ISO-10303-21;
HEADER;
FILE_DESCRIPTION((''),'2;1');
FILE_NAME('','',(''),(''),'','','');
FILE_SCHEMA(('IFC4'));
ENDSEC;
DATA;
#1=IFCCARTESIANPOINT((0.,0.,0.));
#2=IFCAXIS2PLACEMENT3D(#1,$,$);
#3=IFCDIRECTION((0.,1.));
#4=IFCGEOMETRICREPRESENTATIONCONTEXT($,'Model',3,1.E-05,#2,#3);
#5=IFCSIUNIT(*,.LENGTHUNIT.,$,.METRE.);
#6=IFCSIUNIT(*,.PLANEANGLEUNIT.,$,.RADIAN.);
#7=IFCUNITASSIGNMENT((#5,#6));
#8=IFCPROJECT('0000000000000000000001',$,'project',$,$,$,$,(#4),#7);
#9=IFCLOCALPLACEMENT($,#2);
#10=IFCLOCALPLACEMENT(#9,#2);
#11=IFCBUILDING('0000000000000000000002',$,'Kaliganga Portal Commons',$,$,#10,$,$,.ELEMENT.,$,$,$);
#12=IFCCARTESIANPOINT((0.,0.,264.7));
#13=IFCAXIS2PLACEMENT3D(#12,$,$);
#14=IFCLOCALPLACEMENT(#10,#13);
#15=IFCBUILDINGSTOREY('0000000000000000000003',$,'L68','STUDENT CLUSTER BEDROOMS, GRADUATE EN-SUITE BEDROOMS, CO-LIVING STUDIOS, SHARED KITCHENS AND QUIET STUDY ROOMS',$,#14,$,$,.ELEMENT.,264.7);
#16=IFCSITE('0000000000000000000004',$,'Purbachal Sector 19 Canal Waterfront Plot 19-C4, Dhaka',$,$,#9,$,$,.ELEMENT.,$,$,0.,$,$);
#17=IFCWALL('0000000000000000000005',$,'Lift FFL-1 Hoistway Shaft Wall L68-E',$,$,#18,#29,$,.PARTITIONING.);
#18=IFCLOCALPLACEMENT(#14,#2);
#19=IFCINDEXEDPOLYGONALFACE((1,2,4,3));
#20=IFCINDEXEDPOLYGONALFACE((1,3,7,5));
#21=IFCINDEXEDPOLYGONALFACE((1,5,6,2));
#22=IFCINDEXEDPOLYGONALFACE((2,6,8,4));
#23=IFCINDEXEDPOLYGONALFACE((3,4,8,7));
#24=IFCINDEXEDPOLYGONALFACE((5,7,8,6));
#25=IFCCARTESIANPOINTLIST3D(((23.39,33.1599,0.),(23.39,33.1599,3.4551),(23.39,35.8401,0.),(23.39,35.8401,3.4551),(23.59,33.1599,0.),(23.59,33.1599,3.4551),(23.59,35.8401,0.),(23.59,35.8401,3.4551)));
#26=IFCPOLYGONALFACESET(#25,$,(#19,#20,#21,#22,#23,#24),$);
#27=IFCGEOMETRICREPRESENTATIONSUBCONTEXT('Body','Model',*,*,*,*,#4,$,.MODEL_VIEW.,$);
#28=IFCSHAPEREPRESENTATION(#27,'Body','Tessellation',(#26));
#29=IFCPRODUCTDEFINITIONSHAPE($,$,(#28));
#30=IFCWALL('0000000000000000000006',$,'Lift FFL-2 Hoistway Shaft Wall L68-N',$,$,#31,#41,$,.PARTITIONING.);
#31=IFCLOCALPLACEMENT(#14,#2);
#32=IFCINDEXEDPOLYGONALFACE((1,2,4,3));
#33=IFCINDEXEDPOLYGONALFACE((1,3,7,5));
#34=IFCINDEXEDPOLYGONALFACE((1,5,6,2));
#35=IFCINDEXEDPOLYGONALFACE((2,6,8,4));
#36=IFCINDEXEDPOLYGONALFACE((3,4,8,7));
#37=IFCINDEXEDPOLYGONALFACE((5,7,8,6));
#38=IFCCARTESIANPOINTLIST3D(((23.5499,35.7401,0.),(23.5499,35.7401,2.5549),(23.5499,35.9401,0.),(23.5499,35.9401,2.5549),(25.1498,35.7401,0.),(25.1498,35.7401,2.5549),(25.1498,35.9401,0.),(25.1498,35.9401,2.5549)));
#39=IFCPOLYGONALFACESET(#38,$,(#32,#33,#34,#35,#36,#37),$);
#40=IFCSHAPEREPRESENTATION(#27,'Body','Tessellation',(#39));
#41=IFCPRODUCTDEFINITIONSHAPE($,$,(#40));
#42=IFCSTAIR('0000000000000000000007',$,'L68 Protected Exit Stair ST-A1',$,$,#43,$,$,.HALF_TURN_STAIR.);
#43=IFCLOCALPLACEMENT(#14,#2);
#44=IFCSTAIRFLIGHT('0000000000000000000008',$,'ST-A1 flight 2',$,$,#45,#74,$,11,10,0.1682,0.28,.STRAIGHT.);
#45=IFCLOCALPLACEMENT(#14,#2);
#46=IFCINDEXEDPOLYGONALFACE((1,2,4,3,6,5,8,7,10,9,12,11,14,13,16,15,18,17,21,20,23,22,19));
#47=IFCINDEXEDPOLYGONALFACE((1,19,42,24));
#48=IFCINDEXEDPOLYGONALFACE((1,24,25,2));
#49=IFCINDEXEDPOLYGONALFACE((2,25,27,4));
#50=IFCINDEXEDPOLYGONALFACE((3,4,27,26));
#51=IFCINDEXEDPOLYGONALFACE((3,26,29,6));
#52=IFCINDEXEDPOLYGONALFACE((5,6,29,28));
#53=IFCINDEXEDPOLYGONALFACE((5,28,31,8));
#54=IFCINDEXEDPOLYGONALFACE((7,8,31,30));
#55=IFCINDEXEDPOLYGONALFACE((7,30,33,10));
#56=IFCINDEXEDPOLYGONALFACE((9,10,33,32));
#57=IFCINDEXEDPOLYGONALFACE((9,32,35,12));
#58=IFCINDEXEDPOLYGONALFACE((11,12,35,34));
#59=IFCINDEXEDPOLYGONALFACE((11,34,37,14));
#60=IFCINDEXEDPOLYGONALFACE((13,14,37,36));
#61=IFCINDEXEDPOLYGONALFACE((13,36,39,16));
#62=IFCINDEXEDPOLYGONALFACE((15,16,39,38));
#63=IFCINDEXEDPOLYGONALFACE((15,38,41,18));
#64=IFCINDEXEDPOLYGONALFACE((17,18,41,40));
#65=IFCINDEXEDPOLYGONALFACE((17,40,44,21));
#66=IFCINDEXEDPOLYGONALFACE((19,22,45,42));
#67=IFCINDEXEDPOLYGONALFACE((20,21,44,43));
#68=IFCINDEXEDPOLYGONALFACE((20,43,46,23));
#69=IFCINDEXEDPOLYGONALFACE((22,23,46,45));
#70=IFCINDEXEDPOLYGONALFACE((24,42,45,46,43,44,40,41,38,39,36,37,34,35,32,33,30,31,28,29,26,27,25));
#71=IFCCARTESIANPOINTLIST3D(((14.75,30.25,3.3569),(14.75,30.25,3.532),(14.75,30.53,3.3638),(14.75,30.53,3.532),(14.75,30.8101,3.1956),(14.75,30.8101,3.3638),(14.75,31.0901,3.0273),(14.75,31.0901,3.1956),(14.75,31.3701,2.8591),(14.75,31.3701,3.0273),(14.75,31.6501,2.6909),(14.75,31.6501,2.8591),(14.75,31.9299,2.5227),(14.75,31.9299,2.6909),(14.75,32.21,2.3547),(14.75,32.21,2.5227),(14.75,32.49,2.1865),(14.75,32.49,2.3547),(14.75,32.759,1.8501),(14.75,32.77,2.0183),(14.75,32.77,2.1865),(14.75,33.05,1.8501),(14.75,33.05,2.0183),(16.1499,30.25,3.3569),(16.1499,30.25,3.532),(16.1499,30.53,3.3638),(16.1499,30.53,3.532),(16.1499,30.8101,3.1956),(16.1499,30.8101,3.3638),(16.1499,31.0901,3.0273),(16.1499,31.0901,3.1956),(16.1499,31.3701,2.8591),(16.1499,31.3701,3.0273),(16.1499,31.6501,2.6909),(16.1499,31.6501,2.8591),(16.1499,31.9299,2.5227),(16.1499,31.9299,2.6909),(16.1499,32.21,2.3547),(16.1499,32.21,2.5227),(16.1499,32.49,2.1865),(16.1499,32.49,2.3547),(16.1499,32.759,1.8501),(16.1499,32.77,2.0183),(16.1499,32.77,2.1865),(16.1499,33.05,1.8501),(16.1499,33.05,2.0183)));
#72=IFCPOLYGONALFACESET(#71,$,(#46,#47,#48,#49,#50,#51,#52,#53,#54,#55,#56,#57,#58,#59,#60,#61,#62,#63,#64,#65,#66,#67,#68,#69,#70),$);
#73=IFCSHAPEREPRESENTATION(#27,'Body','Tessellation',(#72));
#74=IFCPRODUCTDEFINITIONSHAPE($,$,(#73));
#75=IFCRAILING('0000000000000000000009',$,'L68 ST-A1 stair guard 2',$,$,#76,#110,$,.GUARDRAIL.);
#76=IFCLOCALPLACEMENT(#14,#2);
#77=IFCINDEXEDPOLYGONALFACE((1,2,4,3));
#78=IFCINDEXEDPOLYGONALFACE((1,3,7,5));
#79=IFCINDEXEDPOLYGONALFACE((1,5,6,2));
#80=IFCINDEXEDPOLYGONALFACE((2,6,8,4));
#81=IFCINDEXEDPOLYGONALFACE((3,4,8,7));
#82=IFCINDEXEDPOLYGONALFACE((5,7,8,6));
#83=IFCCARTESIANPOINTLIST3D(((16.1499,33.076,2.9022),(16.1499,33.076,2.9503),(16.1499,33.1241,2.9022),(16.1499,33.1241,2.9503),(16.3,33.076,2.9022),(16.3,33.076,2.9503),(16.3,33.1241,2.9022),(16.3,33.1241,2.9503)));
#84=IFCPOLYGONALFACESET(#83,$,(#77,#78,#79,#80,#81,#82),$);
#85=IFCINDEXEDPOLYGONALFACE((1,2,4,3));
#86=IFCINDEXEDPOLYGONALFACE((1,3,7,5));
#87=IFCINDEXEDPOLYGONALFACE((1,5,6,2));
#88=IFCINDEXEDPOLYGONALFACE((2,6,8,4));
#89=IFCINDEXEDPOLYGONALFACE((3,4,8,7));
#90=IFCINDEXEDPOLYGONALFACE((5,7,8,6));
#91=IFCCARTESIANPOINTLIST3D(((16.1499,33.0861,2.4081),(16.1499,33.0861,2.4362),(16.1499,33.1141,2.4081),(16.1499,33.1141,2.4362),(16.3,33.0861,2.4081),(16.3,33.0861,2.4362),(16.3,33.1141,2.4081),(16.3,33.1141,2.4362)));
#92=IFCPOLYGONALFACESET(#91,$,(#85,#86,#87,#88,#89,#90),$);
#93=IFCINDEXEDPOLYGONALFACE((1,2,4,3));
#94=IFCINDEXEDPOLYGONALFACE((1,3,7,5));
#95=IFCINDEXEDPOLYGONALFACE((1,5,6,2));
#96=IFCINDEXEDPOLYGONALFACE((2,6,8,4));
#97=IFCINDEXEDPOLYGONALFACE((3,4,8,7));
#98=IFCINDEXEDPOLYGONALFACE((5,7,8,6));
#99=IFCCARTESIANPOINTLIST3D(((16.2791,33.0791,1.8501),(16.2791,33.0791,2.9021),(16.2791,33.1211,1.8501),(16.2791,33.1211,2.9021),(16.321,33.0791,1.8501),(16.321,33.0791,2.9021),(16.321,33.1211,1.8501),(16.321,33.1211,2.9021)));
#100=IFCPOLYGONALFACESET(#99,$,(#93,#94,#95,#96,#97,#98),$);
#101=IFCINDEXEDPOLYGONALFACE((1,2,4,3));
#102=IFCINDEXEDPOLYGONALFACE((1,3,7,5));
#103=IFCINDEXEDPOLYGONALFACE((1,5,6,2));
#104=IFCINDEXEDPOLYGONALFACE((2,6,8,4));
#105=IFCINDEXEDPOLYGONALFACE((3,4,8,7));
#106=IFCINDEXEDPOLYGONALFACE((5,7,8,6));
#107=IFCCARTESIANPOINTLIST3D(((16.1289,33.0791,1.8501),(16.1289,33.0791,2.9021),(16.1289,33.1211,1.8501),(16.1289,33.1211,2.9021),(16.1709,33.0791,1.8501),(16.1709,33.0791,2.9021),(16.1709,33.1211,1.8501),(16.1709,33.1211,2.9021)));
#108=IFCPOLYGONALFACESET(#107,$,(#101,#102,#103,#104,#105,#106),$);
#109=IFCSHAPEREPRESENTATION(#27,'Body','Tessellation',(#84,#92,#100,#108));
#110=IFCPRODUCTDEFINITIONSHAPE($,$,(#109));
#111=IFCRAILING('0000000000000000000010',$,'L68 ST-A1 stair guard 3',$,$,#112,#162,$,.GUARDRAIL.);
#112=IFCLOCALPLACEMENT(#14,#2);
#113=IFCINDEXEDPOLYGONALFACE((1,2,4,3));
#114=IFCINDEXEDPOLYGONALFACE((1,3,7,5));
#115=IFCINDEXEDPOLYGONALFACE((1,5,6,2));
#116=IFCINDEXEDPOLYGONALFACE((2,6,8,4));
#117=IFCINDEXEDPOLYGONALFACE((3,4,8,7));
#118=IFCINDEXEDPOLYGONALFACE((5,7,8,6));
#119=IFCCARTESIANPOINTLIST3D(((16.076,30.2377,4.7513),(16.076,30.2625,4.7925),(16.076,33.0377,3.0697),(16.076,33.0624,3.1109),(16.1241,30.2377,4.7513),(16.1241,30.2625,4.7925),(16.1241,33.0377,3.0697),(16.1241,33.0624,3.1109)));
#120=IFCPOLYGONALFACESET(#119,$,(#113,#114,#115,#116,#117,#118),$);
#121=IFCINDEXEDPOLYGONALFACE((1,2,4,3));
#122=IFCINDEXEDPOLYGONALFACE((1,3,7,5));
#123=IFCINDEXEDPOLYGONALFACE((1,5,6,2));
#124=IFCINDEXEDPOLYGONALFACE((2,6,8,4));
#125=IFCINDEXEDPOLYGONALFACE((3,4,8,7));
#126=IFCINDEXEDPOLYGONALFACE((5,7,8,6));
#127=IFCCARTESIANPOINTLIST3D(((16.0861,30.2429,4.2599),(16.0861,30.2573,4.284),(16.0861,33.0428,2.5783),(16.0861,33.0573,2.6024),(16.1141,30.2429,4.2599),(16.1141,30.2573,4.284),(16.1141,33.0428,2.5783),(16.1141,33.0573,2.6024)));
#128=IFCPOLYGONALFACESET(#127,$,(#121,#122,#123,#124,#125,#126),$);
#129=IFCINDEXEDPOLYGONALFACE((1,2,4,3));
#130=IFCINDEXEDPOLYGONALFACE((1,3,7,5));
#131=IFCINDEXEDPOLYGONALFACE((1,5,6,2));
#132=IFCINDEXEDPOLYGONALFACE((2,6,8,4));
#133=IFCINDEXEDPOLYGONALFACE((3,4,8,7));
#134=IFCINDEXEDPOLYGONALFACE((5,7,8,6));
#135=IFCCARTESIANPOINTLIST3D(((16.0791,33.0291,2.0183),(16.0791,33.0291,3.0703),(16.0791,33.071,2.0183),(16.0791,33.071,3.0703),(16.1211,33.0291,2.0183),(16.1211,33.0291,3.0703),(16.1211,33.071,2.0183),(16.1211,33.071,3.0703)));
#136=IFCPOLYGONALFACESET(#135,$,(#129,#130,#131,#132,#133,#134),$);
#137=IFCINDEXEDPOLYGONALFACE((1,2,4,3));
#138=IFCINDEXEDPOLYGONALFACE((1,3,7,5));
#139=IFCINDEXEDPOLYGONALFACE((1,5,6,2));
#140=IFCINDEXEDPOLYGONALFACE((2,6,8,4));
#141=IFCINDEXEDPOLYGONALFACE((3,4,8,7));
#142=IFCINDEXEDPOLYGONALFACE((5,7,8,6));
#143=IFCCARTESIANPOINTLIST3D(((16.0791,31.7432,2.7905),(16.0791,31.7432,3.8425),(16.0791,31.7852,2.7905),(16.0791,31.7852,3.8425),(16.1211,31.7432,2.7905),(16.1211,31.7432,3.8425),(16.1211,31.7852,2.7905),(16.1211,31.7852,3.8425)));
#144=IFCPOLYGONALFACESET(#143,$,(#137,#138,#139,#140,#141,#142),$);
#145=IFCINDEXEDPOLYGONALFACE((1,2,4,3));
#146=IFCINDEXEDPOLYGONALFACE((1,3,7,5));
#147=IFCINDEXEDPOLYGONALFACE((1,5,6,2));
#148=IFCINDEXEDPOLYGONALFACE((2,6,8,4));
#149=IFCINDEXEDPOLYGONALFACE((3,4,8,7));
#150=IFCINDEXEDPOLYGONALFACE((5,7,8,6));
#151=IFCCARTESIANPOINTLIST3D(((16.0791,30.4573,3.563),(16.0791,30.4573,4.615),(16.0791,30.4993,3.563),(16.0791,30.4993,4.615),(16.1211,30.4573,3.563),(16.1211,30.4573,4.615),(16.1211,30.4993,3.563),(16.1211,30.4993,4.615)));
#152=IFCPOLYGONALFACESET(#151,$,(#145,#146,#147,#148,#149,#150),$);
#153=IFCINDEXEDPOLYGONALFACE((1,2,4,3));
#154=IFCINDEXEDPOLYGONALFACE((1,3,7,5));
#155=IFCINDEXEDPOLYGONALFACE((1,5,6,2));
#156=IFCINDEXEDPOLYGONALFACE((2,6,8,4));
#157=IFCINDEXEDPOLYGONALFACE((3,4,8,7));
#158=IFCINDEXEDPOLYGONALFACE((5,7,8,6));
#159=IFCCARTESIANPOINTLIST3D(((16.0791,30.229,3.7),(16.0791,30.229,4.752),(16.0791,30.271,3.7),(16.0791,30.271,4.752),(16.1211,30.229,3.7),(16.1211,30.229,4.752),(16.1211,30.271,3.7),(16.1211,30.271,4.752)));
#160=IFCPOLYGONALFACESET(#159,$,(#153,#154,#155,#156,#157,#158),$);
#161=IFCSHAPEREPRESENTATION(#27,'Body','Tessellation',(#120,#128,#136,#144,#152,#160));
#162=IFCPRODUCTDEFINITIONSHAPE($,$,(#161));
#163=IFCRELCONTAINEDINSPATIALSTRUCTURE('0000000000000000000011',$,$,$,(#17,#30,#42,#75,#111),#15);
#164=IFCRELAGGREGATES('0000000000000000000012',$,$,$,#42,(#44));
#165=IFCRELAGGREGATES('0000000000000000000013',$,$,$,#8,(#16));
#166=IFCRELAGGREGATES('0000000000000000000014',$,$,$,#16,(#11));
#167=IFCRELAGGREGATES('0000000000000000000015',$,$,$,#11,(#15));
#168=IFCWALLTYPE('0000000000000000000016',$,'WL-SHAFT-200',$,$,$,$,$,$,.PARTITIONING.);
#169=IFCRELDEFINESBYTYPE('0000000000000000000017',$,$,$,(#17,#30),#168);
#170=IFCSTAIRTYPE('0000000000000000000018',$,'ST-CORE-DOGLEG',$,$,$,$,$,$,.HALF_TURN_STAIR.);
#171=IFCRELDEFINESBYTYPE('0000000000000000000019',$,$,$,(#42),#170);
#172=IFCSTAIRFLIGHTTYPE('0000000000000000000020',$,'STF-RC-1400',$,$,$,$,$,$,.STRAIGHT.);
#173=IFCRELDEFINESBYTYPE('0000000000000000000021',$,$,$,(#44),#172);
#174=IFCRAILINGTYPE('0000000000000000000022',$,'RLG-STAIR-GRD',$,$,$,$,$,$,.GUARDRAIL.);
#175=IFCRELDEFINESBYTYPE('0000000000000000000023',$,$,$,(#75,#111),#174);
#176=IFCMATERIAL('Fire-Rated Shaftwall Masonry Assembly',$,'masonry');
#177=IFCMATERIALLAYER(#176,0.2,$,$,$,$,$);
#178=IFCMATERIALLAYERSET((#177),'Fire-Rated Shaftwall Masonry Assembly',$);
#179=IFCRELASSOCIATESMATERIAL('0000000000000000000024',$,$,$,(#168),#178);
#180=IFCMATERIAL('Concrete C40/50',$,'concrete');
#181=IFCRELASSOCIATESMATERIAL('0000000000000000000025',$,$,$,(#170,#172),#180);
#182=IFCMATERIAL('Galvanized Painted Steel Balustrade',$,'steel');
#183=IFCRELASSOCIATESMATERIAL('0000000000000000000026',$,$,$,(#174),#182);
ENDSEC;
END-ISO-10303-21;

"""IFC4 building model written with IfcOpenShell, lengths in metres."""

from ifc_helpers import new_model, si_unit, direction, frame, frame_2d, origin, origin_2d, place, context, subcontext, project, spatial, polyline, rectangle, outline, extrude, material, layer, layer_set, type_object, element, aggregate, save


model = new_model("IFC4")

# Units and contexts
model_context = context("Model", 3, precision=1e-05, world=origin(), true_north=direction((0.0, 1.0)))
body_context = subcontext(model_context, "Body", "Model", "MODEL_VIEW")
ifc_project = project(units=[si_unit("LENGTHUNIT", "METRE"), si_unit("PLANEANGLEUNIT", "RADIAN")], contexts=[model_context])

# Site, building, storey
site_placement = place(None, origin())
site = spatial("IfcSite", under=ifc_project, at=site_placement, Name="Purbachal Sector 19 Canal Waterfront Plot 19-C4, Dhaka", CompositionType="ELEMENT", RefElevation=0.0)
building_placement = place(site_placement, origin())
building = spatial("IfcBuilding", under=site, at=building_placement, Name="Kaliganga Portal Commons", CompositionType="ELEMENT")
storey_placement = place(building_placement, frame((0.0, 0.0, 264.7)))
storey = spatial("IfcBuildingStorey", under=building, at=storey_placement, Name="L68", Description="STUDENT CLUSTER BEDROOMS, GRADUATE EN-SUITE BEDROOMS, CO-LIVING STUDIOS, SHARED KITCHENS AND QUIET STUDY ROOMS", CompositionType="ELEMENT", Elevation=264.7)

# Shared definitions
ifc_material_1 = material(Name="Fire-Rated Shaftwall Masonry Assembly", Category="masonry")
ifc_layer_1 = layer(ifc_material_1, 0.2)
ifc_layer_set_1 = layer_set([ifc_layer_1], Name="Fire-Rated Shaftwall Masonry Assembly")
wall_type_1 = type_object("IfcWallType", Name="WL-SHAFT-200", PredefinedType="PARTITIONING", material=ifc_layer_set_1)

# Wall
for number, where, z_axis, x_axis, name in (
    (1, (23.49, 33.1599, 0.0), (0.0, 0.0, 1.0), (0.0, 1.0, 0.0), "Lift FFL-1 Hoistway Shaft Wall L68-E"),
):
    element("IfcWall", number, at=place(storey_placement, frame(where, z_axis=z_axis, x_axis=x_axis)), inside=storey, type_object=wall_type_1, Name=name, PredefinedType="PARTITIONING", context=body_context, shape_type="SweptSolid", body=[
        extrude(rectangle(XDim=2.6802, YDim=0.2, at=frame_2d((1.3401, 0.0))), origin(), (0.0, 0.0, 1.0), 3.4551),
    ])

# Wall
wall_1_placement = place(storey_placement, frame((23.55, 35.8401, 0.0), z_axis=(0.0, 0.0, 1.0), x_axis=(1.0, 0.0, 0.0)))
element("IfcWall", 2, at=wall_1_placement, inside=storey, type_object=wall_type_1, Name="Lift FFL-2 Hoistway Shaft Wall L68-N", PredefinedType="PARTITIONING", context=body_context, shape_type="SweptSolid", body=[
    extrude(rectangle(XDim=1.5999, YDim=0.2, at=frame_2d((0.7998, 0.0))), origin(), (0.0, 0.0, 1.0), 2.5549),
])

# Stair, stair flight
ifc_material_2 = material(Name="Concrete C40/50", Category="concrete")
stair_type = type_object("IfcStairType", Name="ST-CORE-DOGLEG", PredefinedType="HALF_TURN_STAIR", material=ifc_material_2)
stair_placement = place(storey_placement, origin())
stair = element("IfcStair", 3, at=stair_placement, inside=storey, type_object=stair_type, Name="L68 Protected Exit Stair ST-A1", PredefinedType="HALF_TURN_STAIR")
stair_flight_type = type_object("IfcStairFlightType", Name="STF-RC-1400", PredefinedType="STRAIGHT", material=ifc_material_2)
stair_flight_placement = place(storey_placement, frame((15.45, 33.05, 1.8501), z_axis=(0.0, 0.0, 1.0), x_axis=(0.0, -1.0, 0.0)))
stair_flight = element("IfcStairFlight", 4, at=stair_flight_placement, type_object=stair_flight_type, Name="ST-A1 flight 2", NumberOfRisers=11, NumberOfTreads=10, PredefinedType="STRAIGHT", RiserHeight=0.1682, TreadLength=0.28, context=body_context, shape_type="SweptSolid", body=[
    extrude(outline(polyline([(0.0, 0.0), (0.0, 0.1682), (0.28, 0.1682), (0.28, 0.3364), (0.5601, 0.3364), (0.5601, 0.5046), (0.8401, 0.5046), (0.8401, 0.6726), (1.1201, 0.6726), (1.1201, 0.8408), (1.3999, 0.8408), (1.3999, 1.009), (1.6799, 1.009), (1.6799, 1.1772), (1.96, 1.1772), (1.96, 1.3455), (2.24, 1.3455), (2.24, 1.5137), (2.52, 1.5137), (2.52, 1.6819), (2.8, 1.6819), (2.8, 1.8501), (2.8, 1.5068), (0.291, 0.0), (0.0, 0.0)])), frame((0.0, 0.7, 0.0), z_axis=(0.0, -1.0, 0.0), x_axis=(1.0, 0.0, 0.0)), (0.0, 0.0, 1.0), 1.3999),
])
aggregate(stair, [stair_flight])

# Railings
ifc_material_3 = material(Name="Galvanized Painted Steel Balustrade", Category="steel")
railing_type = type_object("IfcRailingType", Name="RLG-STAIR-GRD", PredefinedType="GUARDRAIL", material=ifc_material_3)
railing_1_placement = place(storey_placement, frame((16.3, 33.1001, 1.8501)))
element("IfcRailing", 5, at=railing_1_placement, inside=storey, type_object=railing_type, Name="L68 ST-A1 stair guard 2", PredefinedType="GUARDRAIL", context=body_context, shape_type="SweptSolid", body=[
    extrude(rectangle(XDim=0.0481, YDim=0.0481, at=origin_2d()), frame((0.0, 0.0, 1.0762), z_axis=(-1.0, 0.0, 0.0), x_axis=(0.0, -1.0, 0.0)), (0.0, 0.0, 1.0), 0.1501),
    extrude(rectangle(XDim=0.0281, YDim=0.0281, at=origin_2d()), frame((0.0, 0.0, 0.572), z_axis=(-1.0, 0.0, 0.0), x_axis=(0.0, -1.0, 0.0)), (0.0, 0.0, 1.0), 0.1501),
    extrude(rectangle(XDim=0.042, YDim=0.042, at=origin_2d()), origin(), (0.0, 0.0, 1.0), 1.052),
    extrude(rectangle(XDim=0.042, YDim=0.042, at=origin_2d()), frame((-0.1501, 0.0, 0.0)), (0.0, 0.0, 1.0), 1.052),
])
railing_2_placement = place(storey_placement, frame((16.1001, 33.05, 2.0183)))
element("IfcRailing", 6, at=railing_2_placement, inside=storey, type_object=railing_type, Name="L68 ST-A1 stair guard 3", PredefinedType="GUARDRAIL", context=body_context, shape_type="SweptSolid", body=[
    extrude(rectangle(XDim=0.0481, YDim=0.0481, at=origin_2d()), frame((0.0, 0.0, 1.072), z_axis=(0.0, -0.857275, 0.514858), x_axis=(1.0, 0.0, 0.0)), (0.0, 0.0, 1.0), 3.2661),
    extrude(rectangle(XDim=0.0281, YDim=0.0281, at=origin_2d()), frame((0.0, 0.0, 0.572), z_axis=(0.0, -0.857275, 0.514858), x_axis=(1.0, 0.0, 0.0)), (0.0, 0.0, 1.0), 3.2661),
    extrude(rectangle(XDim=0.042, YDim=0.042, at=origin_2d()), origin(), (0.0, 0.0, 1.0), 1.052),
    extrude(rectangle(XDim=0.042, YDim=0.042, at=origin_2d()), frame((0.0, -1.2859, 0.7722)), (0.0, 0.0, 1.0), 1.052),
    extrude(rectangle(XDim=0.042, YDim=0.042, at=origin_2d()), frame((0.0, -2.5718, 1.5447)), (0.0, 0.0, 1.0), 1.052),
    extrude(rectangle(XDim=0.042, YDim=0.042, at=origin_2d()), frame((0.0, -2.8, 1.6816)), (0.0, 0.0, 1.0), 1.052),
])

save(model, "model.ifc")
